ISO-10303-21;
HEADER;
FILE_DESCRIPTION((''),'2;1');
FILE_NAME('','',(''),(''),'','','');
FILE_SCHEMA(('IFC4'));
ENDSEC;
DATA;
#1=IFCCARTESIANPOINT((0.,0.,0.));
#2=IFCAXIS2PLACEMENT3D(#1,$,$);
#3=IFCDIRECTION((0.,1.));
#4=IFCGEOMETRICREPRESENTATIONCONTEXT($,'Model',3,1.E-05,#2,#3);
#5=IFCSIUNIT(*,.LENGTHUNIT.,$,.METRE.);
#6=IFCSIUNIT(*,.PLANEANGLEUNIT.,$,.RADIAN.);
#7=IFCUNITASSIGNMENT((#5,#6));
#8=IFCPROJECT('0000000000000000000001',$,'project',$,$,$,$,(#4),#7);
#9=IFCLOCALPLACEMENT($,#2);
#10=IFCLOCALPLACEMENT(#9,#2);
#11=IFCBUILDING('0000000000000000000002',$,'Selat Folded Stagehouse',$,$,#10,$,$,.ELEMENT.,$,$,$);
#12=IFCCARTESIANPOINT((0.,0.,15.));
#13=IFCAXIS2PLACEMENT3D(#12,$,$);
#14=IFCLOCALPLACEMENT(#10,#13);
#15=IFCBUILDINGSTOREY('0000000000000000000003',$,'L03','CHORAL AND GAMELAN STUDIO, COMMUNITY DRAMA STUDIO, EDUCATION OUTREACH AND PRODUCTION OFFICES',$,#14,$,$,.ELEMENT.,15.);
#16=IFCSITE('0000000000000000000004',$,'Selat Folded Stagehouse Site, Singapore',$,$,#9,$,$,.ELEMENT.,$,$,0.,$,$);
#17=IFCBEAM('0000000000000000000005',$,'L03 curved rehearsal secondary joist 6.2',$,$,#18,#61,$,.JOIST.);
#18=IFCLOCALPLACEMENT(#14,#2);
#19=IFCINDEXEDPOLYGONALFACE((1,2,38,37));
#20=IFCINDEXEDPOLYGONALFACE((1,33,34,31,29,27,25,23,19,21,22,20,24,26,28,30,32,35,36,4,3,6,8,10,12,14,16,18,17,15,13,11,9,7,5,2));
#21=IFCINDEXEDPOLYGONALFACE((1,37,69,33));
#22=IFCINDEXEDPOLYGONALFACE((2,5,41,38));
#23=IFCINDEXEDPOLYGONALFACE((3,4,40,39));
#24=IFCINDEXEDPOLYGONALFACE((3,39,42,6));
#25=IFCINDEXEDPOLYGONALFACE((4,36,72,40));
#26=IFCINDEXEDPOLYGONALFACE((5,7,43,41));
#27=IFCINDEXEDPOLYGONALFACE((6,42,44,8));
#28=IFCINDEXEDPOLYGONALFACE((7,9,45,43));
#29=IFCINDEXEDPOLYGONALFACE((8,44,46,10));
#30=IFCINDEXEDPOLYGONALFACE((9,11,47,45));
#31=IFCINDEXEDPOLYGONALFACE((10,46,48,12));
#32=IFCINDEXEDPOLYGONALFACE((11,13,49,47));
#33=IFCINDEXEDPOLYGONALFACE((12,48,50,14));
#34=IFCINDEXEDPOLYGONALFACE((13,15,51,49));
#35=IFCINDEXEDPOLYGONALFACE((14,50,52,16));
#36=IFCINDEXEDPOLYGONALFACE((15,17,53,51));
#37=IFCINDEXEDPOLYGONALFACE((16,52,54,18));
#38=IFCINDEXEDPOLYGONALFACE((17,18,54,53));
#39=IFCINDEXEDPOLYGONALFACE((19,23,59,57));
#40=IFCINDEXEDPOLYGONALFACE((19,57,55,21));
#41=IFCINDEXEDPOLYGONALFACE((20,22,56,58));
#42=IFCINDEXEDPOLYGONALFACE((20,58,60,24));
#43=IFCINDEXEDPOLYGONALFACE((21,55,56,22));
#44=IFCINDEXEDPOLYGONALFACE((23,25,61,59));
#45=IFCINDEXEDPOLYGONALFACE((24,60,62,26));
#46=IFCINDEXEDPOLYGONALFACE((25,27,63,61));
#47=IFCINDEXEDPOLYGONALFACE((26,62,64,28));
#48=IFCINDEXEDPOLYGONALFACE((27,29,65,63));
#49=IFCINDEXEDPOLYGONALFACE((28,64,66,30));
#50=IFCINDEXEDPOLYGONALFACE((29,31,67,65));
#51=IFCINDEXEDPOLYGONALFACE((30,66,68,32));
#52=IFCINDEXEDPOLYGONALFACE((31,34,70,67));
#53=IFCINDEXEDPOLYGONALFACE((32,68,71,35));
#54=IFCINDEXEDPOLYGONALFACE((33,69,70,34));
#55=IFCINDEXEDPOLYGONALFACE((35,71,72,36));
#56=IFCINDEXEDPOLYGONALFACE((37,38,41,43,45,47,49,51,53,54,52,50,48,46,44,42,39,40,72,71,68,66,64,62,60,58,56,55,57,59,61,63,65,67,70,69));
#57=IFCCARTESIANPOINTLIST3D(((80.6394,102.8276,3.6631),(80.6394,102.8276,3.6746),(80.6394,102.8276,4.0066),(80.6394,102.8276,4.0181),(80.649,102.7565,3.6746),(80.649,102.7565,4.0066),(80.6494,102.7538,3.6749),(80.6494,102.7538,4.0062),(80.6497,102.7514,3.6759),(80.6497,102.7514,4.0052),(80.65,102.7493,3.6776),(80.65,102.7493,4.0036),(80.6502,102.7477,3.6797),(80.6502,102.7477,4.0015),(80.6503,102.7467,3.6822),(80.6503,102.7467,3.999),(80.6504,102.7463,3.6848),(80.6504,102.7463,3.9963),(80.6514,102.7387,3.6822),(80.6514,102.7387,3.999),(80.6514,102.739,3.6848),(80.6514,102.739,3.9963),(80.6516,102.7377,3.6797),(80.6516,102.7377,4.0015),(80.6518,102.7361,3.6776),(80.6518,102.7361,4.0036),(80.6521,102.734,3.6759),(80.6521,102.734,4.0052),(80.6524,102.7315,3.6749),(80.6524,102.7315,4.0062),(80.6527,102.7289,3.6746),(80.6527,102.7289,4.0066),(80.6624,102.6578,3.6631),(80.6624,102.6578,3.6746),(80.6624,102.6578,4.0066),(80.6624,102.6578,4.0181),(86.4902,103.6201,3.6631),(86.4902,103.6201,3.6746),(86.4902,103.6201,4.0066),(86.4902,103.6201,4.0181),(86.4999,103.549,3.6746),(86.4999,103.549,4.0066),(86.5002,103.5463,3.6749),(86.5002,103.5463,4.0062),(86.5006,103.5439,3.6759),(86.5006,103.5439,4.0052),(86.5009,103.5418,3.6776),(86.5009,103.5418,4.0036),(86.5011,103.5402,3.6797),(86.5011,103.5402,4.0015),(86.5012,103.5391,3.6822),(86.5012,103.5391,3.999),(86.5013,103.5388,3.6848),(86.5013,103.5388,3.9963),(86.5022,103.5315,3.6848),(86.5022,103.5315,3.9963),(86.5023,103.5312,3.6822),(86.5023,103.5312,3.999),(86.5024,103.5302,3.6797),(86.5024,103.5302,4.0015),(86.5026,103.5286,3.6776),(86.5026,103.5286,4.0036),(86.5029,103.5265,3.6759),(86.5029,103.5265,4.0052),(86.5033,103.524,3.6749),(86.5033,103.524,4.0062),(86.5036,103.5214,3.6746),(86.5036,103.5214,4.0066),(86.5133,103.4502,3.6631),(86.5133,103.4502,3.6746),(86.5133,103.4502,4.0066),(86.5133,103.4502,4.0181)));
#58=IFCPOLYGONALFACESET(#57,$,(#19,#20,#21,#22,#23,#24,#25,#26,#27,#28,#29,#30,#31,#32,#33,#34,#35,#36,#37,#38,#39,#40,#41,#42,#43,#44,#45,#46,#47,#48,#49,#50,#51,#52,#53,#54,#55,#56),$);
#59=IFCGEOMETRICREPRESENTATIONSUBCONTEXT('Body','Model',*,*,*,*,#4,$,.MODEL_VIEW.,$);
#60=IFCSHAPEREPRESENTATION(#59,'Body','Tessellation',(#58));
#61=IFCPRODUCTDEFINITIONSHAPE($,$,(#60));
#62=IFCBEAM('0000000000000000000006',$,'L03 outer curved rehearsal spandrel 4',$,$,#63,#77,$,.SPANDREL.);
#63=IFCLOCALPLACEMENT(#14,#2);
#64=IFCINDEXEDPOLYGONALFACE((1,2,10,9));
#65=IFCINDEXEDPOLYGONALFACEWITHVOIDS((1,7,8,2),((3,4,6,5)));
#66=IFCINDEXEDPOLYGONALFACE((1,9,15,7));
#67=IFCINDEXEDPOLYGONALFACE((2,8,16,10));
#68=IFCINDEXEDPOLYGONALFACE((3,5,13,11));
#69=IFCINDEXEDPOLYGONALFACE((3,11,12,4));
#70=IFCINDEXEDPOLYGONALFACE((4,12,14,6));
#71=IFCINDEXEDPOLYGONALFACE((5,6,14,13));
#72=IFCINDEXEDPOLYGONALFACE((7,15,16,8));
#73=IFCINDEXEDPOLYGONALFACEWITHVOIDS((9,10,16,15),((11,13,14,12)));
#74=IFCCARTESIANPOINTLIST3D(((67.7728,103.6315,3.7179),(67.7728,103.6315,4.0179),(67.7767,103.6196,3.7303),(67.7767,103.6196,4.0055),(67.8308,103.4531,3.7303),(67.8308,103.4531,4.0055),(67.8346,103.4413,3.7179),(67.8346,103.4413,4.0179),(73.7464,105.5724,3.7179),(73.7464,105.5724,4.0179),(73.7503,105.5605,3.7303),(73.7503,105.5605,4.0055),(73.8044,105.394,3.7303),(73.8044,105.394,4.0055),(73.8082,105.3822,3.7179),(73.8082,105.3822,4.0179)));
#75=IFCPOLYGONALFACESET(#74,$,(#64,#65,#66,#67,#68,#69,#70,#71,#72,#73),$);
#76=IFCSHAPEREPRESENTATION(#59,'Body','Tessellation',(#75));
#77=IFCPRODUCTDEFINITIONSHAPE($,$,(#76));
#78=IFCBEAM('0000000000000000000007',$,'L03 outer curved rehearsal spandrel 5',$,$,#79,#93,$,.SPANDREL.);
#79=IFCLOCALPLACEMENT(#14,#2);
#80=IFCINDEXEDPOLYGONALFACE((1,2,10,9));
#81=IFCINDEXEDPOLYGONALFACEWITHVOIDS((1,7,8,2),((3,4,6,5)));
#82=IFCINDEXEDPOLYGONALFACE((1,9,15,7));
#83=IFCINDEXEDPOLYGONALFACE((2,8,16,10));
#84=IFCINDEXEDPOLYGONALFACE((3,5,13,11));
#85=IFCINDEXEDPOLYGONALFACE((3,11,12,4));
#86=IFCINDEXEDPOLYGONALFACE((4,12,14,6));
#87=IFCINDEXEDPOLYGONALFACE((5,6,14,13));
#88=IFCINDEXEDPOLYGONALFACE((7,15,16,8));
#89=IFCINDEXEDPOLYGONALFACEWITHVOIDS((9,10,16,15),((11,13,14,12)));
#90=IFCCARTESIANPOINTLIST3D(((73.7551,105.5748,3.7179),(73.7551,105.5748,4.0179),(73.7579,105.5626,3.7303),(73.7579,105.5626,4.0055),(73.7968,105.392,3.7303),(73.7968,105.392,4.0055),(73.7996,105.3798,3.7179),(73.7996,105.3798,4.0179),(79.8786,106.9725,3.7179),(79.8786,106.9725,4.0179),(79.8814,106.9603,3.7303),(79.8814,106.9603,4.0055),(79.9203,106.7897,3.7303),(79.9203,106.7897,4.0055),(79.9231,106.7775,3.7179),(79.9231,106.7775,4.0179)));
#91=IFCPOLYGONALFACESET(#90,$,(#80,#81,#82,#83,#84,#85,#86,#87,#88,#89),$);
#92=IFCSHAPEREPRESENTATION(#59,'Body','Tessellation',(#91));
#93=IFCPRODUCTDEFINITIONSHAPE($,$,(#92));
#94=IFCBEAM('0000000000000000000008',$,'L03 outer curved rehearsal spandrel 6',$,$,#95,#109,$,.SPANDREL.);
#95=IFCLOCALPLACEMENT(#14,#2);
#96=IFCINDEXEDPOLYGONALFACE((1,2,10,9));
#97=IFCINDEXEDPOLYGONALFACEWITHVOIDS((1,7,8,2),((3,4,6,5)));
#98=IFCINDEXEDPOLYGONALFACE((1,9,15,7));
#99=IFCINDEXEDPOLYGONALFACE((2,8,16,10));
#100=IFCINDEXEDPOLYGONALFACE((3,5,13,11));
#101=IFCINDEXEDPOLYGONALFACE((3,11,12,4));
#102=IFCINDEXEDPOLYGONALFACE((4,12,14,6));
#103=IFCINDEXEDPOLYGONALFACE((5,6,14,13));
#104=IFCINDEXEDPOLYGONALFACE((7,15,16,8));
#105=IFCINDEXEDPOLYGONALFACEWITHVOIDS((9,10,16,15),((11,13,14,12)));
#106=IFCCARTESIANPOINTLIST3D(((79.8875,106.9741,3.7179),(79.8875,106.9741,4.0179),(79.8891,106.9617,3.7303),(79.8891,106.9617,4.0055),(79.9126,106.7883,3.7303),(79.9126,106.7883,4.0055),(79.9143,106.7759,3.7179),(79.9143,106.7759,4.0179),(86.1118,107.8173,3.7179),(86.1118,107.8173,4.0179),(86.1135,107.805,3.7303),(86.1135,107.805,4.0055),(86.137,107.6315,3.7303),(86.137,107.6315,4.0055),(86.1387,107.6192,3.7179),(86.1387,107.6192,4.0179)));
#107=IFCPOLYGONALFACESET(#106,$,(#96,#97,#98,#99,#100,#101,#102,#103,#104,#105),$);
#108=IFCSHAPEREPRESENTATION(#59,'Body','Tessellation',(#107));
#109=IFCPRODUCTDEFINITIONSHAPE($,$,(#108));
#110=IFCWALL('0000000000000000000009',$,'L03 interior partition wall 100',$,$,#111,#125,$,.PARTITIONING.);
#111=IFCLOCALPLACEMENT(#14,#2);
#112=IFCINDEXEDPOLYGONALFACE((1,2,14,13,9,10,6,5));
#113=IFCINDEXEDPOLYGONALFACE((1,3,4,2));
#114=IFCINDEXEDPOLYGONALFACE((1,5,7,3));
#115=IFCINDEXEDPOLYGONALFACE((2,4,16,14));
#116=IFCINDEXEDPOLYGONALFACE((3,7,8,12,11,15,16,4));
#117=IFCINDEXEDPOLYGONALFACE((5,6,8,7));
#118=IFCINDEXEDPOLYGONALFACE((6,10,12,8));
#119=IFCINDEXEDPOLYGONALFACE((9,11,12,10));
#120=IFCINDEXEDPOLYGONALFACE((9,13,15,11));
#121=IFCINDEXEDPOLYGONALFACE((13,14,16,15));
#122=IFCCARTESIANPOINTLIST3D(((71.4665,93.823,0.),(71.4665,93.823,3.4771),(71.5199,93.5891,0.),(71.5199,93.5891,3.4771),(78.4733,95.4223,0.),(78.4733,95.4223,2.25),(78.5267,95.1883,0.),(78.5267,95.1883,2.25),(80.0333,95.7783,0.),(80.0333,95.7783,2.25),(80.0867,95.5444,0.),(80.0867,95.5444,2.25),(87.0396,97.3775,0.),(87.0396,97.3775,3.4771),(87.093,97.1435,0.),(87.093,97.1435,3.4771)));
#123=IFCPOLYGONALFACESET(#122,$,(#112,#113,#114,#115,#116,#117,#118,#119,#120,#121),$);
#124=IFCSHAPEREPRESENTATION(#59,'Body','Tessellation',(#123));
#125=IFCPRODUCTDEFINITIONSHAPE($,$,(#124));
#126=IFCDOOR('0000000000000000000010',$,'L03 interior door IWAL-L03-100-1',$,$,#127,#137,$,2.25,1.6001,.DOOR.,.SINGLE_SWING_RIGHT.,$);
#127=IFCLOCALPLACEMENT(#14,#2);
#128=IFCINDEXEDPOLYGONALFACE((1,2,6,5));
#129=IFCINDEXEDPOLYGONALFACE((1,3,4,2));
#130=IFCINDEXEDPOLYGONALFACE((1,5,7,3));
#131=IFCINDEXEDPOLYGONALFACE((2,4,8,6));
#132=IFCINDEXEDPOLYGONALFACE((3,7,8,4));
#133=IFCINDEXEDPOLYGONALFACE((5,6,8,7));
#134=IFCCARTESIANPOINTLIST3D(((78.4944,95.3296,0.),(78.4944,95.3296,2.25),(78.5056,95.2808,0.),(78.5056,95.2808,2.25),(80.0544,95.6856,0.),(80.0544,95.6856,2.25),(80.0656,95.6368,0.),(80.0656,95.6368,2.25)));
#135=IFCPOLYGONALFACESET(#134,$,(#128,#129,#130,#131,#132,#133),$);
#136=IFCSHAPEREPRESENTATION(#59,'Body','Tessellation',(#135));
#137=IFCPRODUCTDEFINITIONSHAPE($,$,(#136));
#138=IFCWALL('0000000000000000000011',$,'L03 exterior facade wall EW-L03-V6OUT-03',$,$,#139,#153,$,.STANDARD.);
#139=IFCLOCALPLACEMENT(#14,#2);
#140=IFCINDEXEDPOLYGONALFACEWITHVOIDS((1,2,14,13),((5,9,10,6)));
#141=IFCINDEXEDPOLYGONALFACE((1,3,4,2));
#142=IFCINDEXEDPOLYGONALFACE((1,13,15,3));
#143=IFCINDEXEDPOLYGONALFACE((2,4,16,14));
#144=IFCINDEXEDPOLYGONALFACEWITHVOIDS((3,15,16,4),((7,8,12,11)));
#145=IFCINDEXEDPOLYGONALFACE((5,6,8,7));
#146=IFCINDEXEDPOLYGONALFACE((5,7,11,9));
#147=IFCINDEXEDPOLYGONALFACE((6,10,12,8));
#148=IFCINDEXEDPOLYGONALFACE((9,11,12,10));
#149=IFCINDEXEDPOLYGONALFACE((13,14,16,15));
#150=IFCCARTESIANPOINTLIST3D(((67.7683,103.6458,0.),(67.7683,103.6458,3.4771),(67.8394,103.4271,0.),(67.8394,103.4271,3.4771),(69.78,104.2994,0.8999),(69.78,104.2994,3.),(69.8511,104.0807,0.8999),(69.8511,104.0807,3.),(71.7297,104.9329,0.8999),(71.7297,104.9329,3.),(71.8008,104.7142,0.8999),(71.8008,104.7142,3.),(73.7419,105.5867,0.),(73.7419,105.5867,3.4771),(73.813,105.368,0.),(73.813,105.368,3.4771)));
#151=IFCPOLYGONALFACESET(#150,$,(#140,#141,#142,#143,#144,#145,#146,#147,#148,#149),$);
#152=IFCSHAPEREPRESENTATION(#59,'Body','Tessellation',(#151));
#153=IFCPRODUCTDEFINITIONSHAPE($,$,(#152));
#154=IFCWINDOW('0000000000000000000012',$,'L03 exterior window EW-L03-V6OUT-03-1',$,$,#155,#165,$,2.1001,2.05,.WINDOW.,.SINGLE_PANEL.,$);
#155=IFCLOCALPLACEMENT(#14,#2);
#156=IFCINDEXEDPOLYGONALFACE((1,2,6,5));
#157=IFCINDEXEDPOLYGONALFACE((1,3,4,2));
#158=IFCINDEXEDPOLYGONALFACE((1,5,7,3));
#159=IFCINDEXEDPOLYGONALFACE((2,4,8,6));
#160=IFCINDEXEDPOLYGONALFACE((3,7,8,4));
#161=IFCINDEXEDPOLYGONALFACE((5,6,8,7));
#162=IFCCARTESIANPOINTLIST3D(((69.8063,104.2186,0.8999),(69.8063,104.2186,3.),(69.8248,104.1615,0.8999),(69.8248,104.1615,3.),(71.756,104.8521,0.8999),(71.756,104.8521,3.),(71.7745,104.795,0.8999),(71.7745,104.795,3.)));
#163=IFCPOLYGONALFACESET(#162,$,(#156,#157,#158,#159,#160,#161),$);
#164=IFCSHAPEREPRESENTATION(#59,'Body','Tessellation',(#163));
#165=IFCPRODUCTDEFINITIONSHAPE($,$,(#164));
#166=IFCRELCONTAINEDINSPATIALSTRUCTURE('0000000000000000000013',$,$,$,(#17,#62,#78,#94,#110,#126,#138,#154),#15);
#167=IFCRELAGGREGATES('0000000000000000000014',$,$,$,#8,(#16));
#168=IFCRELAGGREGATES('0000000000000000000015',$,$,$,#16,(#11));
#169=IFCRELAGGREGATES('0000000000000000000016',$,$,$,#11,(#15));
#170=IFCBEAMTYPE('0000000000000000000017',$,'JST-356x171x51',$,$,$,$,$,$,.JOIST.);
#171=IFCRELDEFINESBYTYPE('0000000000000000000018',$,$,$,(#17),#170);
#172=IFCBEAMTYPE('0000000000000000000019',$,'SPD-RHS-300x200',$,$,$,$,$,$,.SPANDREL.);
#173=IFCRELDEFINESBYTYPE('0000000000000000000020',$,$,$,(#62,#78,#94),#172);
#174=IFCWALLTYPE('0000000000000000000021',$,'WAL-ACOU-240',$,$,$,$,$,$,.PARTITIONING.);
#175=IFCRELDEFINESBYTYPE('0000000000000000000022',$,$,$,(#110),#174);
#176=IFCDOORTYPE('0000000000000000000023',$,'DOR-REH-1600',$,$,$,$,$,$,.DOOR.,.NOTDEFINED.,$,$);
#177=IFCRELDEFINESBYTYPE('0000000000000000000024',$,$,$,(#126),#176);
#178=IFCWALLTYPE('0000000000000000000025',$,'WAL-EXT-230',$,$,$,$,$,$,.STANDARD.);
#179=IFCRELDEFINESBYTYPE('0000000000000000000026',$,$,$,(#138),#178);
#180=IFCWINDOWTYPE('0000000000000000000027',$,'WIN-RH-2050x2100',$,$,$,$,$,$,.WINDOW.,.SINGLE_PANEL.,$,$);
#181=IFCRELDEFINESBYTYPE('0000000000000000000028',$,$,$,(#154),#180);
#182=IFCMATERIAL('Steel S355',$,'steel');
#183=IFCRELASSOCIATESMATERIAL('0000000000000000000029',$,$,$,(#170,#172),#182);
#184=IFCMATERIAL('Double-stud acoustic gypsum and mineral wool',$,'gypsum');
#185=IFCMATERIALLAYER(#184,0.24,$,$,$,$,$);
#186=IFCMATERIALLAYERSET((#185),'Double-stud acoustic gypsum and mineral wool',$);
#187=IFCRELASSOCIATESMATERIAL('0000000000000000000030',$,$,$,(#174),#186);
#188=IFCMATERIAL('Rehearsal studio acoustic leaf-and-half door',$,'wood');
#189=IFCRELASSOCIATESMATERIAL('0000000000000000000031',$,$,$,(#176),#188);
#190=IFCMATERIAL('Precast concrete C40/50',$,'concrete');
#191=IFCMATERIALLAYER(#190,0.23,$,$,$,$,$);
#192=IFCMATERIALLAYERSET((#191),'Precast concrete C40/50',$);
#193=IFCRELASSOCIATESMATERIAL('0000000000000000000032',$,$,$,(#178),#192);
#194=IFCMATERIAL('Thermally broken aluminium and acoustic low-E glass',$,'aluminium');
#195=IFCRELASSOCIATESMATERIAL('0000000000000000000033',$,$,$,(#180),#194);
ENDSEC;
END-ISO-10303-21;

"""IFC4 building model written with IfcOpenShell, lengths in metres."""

from ifc_helpers import new_model, si_unit, direction, frame, frame_2d, origin, origin_2d, place, context, subcontext, project, spatial, rectangle, hollow_rectangle, i_section, extrude, material, layer, layer_set, material_profile, profile_set, type_object, element, fill, save


model = new_model("IFC4")

# Units and contexts
model_context = context("Model", 3, precision=1e-05, world=origin(), true_north=direction((0.0, 1.0)))
body_context = subcontext(model_context, "Body", "Model", "MODEL_VIEW")
ifc_project = project(units=[si_unit("LENGTHUNIT", "METRE"), si_unit("PLANEANGLEUNIT", "RADIAN")], contexts=[model_context])

# Site, building, storey
site_placement = place(None, origin())
site = spatial("IfcSite", under=ifc_project, at=site_placement, Name="Selat Folded Stagehouse Site, Singapore", CompositionType="ELEMENT", RefElevation=0.0)
building_placement = place(site_placement, origin())
building = spatial("IfcBuilding", under=site, at=building_placement, Name="Selat Folded Stagehouse", CompositionType="ELEMENT")
storey_placement = place(building_placement, frame((0.0, 0.0, 15.0)))
storey = spatial("IfcBuildingStorey", under=building, at=storey_placement, Name="L03", Description="CHORAL AND GAMELAN STUDIO, COMMUNITY DRAMA STUDIO, EDUCATION OUTREACH AND PRODUCTION OFFICES", CompositionType="ELEMENT", Elevation=15.0)

# Shared definitions
ifc_material_1 = material(Name="Steel S355", Category="steel")

# Beams
ifc_material_profile_1 = material_profile(ifc_material_1, i_section(OverallWidth=0.1714, OverallDepth=0.355, WebThickness=0.0073, FlangeThickness=0.0115, FilletRadius=0.0103, at=origin_2d()), Name="UKB 356x171x51")
ifc_profile_set_1 = profile_set([ifc_material_profile_1], Name="Steel S355")
beam_type_1 = type_object("IfcBeamType", Name="JST-356x171x51", PredefinedType="JOIST", material=ifc_profile_set_1)
beam_1_placement = place(storey_placement, frame((80.6509, 102.7427, 3.8406), z_axis=(0.990951, 0.134222, 0.0), x_axis=(-0.134222, 0.990951, 0.0)))
element("IfcBeam", 1, at=beam_1_placement, inside=storey, type_object=beam_type_1, Name="L03 curved rehearsal secondary joist 6.2", PredefinedType="JOIST", context=body_context, shape_type="SweptSolid", body=[
    extrude(i_section(OverallWidth=0.1714, OverallDepth=0.355, WebThickness=0.0073, FlangeThickness=0.0115, FilletRadius=0.0103, at=origin_2d()), origin(), (0.0, 0.0, 1.0), 5.9043),
])
ifc_material_profile_2 = material_profile(ifc_material_1, hollow_rectangle(XDim=0.2, YDim=0.3, WallThickness=0.0125, at=origin_2d()), Name="RHS 300x200x12.5")
ifc_profile_set_2 = profile_set([ifc_material_profile_2], Name="Steel S355")
beam_type_2 = type_object("IfcBeamType", Name="SPD-RHS-300x200", PredefinedType="SPANDREL", material=ifc_profile_set_2)
for number, where, z_axis, x_axis, name in (
    (2, (67.8037, 103.5364, 3.8679), (0.951058, 0.309012, 0.0), (-0.309012, 0.951058, 0.0), "L03 outer curved rehearsal spandrel 4"),
    (3, (73.7773, 105.4773, 3.8679), (0.974926, 0.222528, 0.0), (-0.222528, 0.974926, 0.0), "L03 outer curved rehearsal spandrel 5"),
):
    element("IfcBeam", number, at=place(storey_placement, frame(where, z_axis=z_axis, x_axis=x_axis)), inside=storey, type_object=beam_type_2, Name=name, PredefinedType="SPANDREL", context=body_context, shape_type="SweptSolid", body=[
        extrude(hollow_rectangle(XDim=0.2, YDim=0.3, WallThickness=0.0125, at=origin_2d()), origin(), (0.0, 0.0, 1.0), 6.281),
    ])
beam_2_placement = place(storey_placement, frame((79.9009, 106.875, 3.8679), z_axis=(0.990947, 0.134251, 0.0), x_axis=(-0.134251, 0.990947, 0.0)))
element("IfcBeam", 4, at=beam_2_placement, inside=storey, type_object=beam_type_2, Name="L03 outer curved rehearsal spandrel 6", PredefinedType="SPANDREL", context=body_context, shape_type="SweptSolid", body=[
    extrude(hollow_rectangle(XDim=0.2, YDim=0.3, WallThickness=0.0125, at=origin_2d()), origin(), (0.0, 0.0, 1.0), 6.2812),
])

# Wall, opening, door
ifc_material_2 = material(Name="Double-stud acoustic gypsum and mineral wool", Category="gypsum")
ifc_layer_1 = layer(ifc_material_2, 0.24)
ifc_layer_set_1 = layer_set([ifc_layer_1], Name="Double-stud acoustic gypsum and mineral wool")
wall_type_1 = type_object("IfcWallType", Name="WAL-ACOU-240", PredefinedType="PARTITIONING", material=ifc_layer_set_1)
wall_1_placement = place(storey_placement, frame((71.4932, 93.7061, 0.0), z_axis=(0.0, 0.0, 1.0), x_axis=(0.974929, 0.222518, 0.0)))
wall_1 = element("IfcWall", 5, at=wall_1_placement, inside=storey, type_object=wall_type_1, Name="L03 interior partition wall 100", PredefinedType="PARTITIONING", context=body_context, shape_type="SweptSolid", body=[
    extrude(rectangle(XDim=15.9736, YDim=0.24, at=frame_2d((7.9868, 0.0))), origin(), (0.0, 0.0, 1.0), 3.4771),
])
opening_1_placement = place(wall_1_placement, frame((7.187, 0.0, 0.0)))
opening_1 = element("IfcOpeningElement", 6, at=opening_1_placement, cuts=wall_1, PredefinedType="OPENING", context=body_context, shape_type="SweptSolid", body=[
    extrude(rectangle(XDim=1.6001, YDim=2.25, at=frame_2d((0.8, 1.125))), frame((0.0, 0.1299, 0.0), z_axis=(0.0, -1.0, 0.0), x_axis=(1.0, 0.0, 0.0)), (0.0, 0.0, 1.0), 0.26),
])
ifc_material_3 = material(Name="Rehearsal studio acoustic leaf-and-half door", Category="wood")
door_type = type_object("IfcDoorType", Name="DOR-REH-1600", OperationType="NOTDEFINED", PredefinedType="DOOR", material=ifc_material_3)
door_placement = place(opening_1_placement, origin())
door = element("IfcDoor", 7, at=door_placement, inside=storey, type_object=door_type, Name="L03 interior door IWAL-L03-100-1", OperationType="SINGLE_SWING_RIGHT", OverallHeight=2.25, OverallWidth=1.6001, PredefinedType="DOOR", context=body_context, shape_type="SweptSolid", body=[
    extrude(rectangle(XDim=1.6001, YDim=2.25, at=frame_2d((0.8, 1.125))), frame((0.0, 0.0249, 0.0), z_axis=(0.0, -1.0, 0.0), x_axis=(1.0, 0.0, 0.0)), (0.0, 0.0, 1.0), 0.05),
])
fill(opening_1, door)

# Wall, opening, window
ifc_material_4 = material(Name="Precast concrete C40/50", Category="concrete")
ifc_layer_2 = layer(ifc_material_4, 0.23)
ifc_layer_set_2 = layer_set([ifc_layer_2], Name="Precast concrete C40/50")
wall_type_2 = type_object("IfcWallType", Name="WAL-EXT-230", PredefinedType="STANDARD", material=ifc_layer_set_2)
wall_2_placement = place(storey_placement, frame((67.8037, 103.5364, 0.0), z_axis=(0.0, 0.0, 1.0), x_axis=(0.951058, 0.309012, 0.0)))
wall_2 = element("IfcWall", 8, at=wall_2_placement, inside=storey, type_object=wall_type_2, Name="L03 exterior facade wall EW-L03-V6OUT-03", PredefinedType="STANDARD", context=body_context, shape_type="SweptSolid", body=[
    extrude(rectangle(XDim=6.281, YDim=0.23, at=frame_2d((3.1406, 0.0))), origin(), (0.0, 0.0, 1.0), 3.4771),
])
opening_2_placement = place(wall_2_placement, frame((2.1155, 0.0, 0.8999)))
opening_2 = element("IfcOpeningElement", 9, at=opening_2_placement, cuts=wall_2, PredefinedType="OPENING", context=body_context, shape_type="SweptSolid", body=[
    extrude(rectangle(XDim=2.05, YDim=2.1001, at=frame_2d((1.0249, 1.05))), frame((0.0, 0.125, 0.0), z_axis=(0.0, -1.0, 0.0), x_axis=(1.0, 0.0, 0.0)), (0.0, 0.0, 1.0), 0.25),
])
ifc_material_5 = material(Name="Thermally broken aluminium and acoustic low-E glass", Category="aluminium")
window_type_1 = type_object("IfcWindowType", Name="WIN-RH-2050x2100", PartitioningType="SINGLE_PANEL", PredefinedType="WINDOW", material=ifc_material_5)
window_1_placement = place(opening_2_placement, origin())
window_1 = element("IfcWindow", 10, at=window_1_placement, inside=storey, type_object=window_type_1, Name="L03 exterior window EW-L03-V6OUT-03-1", OverallHeight=2.1001, OverallWidth=2.05, PartitioningType="SINGLE_PANEL", PredefinedType="WINDOW", context=body_context, shape_type="SweptSolid", body=[
    extrude(rectangle(XDim=2.05, YDim=2.1001, at=frame_2d((1.0249, 1.05))), frame((0.0, 0.03, 0.0), z_axis=(0.0, -1.0, 0.0), x_axis=(1.0, 0.0, 0.0)), (0.0, 0.0, 1.0), 0.0601),
])
fill(opening_2, window_1)

save(model, "model.ifc")
